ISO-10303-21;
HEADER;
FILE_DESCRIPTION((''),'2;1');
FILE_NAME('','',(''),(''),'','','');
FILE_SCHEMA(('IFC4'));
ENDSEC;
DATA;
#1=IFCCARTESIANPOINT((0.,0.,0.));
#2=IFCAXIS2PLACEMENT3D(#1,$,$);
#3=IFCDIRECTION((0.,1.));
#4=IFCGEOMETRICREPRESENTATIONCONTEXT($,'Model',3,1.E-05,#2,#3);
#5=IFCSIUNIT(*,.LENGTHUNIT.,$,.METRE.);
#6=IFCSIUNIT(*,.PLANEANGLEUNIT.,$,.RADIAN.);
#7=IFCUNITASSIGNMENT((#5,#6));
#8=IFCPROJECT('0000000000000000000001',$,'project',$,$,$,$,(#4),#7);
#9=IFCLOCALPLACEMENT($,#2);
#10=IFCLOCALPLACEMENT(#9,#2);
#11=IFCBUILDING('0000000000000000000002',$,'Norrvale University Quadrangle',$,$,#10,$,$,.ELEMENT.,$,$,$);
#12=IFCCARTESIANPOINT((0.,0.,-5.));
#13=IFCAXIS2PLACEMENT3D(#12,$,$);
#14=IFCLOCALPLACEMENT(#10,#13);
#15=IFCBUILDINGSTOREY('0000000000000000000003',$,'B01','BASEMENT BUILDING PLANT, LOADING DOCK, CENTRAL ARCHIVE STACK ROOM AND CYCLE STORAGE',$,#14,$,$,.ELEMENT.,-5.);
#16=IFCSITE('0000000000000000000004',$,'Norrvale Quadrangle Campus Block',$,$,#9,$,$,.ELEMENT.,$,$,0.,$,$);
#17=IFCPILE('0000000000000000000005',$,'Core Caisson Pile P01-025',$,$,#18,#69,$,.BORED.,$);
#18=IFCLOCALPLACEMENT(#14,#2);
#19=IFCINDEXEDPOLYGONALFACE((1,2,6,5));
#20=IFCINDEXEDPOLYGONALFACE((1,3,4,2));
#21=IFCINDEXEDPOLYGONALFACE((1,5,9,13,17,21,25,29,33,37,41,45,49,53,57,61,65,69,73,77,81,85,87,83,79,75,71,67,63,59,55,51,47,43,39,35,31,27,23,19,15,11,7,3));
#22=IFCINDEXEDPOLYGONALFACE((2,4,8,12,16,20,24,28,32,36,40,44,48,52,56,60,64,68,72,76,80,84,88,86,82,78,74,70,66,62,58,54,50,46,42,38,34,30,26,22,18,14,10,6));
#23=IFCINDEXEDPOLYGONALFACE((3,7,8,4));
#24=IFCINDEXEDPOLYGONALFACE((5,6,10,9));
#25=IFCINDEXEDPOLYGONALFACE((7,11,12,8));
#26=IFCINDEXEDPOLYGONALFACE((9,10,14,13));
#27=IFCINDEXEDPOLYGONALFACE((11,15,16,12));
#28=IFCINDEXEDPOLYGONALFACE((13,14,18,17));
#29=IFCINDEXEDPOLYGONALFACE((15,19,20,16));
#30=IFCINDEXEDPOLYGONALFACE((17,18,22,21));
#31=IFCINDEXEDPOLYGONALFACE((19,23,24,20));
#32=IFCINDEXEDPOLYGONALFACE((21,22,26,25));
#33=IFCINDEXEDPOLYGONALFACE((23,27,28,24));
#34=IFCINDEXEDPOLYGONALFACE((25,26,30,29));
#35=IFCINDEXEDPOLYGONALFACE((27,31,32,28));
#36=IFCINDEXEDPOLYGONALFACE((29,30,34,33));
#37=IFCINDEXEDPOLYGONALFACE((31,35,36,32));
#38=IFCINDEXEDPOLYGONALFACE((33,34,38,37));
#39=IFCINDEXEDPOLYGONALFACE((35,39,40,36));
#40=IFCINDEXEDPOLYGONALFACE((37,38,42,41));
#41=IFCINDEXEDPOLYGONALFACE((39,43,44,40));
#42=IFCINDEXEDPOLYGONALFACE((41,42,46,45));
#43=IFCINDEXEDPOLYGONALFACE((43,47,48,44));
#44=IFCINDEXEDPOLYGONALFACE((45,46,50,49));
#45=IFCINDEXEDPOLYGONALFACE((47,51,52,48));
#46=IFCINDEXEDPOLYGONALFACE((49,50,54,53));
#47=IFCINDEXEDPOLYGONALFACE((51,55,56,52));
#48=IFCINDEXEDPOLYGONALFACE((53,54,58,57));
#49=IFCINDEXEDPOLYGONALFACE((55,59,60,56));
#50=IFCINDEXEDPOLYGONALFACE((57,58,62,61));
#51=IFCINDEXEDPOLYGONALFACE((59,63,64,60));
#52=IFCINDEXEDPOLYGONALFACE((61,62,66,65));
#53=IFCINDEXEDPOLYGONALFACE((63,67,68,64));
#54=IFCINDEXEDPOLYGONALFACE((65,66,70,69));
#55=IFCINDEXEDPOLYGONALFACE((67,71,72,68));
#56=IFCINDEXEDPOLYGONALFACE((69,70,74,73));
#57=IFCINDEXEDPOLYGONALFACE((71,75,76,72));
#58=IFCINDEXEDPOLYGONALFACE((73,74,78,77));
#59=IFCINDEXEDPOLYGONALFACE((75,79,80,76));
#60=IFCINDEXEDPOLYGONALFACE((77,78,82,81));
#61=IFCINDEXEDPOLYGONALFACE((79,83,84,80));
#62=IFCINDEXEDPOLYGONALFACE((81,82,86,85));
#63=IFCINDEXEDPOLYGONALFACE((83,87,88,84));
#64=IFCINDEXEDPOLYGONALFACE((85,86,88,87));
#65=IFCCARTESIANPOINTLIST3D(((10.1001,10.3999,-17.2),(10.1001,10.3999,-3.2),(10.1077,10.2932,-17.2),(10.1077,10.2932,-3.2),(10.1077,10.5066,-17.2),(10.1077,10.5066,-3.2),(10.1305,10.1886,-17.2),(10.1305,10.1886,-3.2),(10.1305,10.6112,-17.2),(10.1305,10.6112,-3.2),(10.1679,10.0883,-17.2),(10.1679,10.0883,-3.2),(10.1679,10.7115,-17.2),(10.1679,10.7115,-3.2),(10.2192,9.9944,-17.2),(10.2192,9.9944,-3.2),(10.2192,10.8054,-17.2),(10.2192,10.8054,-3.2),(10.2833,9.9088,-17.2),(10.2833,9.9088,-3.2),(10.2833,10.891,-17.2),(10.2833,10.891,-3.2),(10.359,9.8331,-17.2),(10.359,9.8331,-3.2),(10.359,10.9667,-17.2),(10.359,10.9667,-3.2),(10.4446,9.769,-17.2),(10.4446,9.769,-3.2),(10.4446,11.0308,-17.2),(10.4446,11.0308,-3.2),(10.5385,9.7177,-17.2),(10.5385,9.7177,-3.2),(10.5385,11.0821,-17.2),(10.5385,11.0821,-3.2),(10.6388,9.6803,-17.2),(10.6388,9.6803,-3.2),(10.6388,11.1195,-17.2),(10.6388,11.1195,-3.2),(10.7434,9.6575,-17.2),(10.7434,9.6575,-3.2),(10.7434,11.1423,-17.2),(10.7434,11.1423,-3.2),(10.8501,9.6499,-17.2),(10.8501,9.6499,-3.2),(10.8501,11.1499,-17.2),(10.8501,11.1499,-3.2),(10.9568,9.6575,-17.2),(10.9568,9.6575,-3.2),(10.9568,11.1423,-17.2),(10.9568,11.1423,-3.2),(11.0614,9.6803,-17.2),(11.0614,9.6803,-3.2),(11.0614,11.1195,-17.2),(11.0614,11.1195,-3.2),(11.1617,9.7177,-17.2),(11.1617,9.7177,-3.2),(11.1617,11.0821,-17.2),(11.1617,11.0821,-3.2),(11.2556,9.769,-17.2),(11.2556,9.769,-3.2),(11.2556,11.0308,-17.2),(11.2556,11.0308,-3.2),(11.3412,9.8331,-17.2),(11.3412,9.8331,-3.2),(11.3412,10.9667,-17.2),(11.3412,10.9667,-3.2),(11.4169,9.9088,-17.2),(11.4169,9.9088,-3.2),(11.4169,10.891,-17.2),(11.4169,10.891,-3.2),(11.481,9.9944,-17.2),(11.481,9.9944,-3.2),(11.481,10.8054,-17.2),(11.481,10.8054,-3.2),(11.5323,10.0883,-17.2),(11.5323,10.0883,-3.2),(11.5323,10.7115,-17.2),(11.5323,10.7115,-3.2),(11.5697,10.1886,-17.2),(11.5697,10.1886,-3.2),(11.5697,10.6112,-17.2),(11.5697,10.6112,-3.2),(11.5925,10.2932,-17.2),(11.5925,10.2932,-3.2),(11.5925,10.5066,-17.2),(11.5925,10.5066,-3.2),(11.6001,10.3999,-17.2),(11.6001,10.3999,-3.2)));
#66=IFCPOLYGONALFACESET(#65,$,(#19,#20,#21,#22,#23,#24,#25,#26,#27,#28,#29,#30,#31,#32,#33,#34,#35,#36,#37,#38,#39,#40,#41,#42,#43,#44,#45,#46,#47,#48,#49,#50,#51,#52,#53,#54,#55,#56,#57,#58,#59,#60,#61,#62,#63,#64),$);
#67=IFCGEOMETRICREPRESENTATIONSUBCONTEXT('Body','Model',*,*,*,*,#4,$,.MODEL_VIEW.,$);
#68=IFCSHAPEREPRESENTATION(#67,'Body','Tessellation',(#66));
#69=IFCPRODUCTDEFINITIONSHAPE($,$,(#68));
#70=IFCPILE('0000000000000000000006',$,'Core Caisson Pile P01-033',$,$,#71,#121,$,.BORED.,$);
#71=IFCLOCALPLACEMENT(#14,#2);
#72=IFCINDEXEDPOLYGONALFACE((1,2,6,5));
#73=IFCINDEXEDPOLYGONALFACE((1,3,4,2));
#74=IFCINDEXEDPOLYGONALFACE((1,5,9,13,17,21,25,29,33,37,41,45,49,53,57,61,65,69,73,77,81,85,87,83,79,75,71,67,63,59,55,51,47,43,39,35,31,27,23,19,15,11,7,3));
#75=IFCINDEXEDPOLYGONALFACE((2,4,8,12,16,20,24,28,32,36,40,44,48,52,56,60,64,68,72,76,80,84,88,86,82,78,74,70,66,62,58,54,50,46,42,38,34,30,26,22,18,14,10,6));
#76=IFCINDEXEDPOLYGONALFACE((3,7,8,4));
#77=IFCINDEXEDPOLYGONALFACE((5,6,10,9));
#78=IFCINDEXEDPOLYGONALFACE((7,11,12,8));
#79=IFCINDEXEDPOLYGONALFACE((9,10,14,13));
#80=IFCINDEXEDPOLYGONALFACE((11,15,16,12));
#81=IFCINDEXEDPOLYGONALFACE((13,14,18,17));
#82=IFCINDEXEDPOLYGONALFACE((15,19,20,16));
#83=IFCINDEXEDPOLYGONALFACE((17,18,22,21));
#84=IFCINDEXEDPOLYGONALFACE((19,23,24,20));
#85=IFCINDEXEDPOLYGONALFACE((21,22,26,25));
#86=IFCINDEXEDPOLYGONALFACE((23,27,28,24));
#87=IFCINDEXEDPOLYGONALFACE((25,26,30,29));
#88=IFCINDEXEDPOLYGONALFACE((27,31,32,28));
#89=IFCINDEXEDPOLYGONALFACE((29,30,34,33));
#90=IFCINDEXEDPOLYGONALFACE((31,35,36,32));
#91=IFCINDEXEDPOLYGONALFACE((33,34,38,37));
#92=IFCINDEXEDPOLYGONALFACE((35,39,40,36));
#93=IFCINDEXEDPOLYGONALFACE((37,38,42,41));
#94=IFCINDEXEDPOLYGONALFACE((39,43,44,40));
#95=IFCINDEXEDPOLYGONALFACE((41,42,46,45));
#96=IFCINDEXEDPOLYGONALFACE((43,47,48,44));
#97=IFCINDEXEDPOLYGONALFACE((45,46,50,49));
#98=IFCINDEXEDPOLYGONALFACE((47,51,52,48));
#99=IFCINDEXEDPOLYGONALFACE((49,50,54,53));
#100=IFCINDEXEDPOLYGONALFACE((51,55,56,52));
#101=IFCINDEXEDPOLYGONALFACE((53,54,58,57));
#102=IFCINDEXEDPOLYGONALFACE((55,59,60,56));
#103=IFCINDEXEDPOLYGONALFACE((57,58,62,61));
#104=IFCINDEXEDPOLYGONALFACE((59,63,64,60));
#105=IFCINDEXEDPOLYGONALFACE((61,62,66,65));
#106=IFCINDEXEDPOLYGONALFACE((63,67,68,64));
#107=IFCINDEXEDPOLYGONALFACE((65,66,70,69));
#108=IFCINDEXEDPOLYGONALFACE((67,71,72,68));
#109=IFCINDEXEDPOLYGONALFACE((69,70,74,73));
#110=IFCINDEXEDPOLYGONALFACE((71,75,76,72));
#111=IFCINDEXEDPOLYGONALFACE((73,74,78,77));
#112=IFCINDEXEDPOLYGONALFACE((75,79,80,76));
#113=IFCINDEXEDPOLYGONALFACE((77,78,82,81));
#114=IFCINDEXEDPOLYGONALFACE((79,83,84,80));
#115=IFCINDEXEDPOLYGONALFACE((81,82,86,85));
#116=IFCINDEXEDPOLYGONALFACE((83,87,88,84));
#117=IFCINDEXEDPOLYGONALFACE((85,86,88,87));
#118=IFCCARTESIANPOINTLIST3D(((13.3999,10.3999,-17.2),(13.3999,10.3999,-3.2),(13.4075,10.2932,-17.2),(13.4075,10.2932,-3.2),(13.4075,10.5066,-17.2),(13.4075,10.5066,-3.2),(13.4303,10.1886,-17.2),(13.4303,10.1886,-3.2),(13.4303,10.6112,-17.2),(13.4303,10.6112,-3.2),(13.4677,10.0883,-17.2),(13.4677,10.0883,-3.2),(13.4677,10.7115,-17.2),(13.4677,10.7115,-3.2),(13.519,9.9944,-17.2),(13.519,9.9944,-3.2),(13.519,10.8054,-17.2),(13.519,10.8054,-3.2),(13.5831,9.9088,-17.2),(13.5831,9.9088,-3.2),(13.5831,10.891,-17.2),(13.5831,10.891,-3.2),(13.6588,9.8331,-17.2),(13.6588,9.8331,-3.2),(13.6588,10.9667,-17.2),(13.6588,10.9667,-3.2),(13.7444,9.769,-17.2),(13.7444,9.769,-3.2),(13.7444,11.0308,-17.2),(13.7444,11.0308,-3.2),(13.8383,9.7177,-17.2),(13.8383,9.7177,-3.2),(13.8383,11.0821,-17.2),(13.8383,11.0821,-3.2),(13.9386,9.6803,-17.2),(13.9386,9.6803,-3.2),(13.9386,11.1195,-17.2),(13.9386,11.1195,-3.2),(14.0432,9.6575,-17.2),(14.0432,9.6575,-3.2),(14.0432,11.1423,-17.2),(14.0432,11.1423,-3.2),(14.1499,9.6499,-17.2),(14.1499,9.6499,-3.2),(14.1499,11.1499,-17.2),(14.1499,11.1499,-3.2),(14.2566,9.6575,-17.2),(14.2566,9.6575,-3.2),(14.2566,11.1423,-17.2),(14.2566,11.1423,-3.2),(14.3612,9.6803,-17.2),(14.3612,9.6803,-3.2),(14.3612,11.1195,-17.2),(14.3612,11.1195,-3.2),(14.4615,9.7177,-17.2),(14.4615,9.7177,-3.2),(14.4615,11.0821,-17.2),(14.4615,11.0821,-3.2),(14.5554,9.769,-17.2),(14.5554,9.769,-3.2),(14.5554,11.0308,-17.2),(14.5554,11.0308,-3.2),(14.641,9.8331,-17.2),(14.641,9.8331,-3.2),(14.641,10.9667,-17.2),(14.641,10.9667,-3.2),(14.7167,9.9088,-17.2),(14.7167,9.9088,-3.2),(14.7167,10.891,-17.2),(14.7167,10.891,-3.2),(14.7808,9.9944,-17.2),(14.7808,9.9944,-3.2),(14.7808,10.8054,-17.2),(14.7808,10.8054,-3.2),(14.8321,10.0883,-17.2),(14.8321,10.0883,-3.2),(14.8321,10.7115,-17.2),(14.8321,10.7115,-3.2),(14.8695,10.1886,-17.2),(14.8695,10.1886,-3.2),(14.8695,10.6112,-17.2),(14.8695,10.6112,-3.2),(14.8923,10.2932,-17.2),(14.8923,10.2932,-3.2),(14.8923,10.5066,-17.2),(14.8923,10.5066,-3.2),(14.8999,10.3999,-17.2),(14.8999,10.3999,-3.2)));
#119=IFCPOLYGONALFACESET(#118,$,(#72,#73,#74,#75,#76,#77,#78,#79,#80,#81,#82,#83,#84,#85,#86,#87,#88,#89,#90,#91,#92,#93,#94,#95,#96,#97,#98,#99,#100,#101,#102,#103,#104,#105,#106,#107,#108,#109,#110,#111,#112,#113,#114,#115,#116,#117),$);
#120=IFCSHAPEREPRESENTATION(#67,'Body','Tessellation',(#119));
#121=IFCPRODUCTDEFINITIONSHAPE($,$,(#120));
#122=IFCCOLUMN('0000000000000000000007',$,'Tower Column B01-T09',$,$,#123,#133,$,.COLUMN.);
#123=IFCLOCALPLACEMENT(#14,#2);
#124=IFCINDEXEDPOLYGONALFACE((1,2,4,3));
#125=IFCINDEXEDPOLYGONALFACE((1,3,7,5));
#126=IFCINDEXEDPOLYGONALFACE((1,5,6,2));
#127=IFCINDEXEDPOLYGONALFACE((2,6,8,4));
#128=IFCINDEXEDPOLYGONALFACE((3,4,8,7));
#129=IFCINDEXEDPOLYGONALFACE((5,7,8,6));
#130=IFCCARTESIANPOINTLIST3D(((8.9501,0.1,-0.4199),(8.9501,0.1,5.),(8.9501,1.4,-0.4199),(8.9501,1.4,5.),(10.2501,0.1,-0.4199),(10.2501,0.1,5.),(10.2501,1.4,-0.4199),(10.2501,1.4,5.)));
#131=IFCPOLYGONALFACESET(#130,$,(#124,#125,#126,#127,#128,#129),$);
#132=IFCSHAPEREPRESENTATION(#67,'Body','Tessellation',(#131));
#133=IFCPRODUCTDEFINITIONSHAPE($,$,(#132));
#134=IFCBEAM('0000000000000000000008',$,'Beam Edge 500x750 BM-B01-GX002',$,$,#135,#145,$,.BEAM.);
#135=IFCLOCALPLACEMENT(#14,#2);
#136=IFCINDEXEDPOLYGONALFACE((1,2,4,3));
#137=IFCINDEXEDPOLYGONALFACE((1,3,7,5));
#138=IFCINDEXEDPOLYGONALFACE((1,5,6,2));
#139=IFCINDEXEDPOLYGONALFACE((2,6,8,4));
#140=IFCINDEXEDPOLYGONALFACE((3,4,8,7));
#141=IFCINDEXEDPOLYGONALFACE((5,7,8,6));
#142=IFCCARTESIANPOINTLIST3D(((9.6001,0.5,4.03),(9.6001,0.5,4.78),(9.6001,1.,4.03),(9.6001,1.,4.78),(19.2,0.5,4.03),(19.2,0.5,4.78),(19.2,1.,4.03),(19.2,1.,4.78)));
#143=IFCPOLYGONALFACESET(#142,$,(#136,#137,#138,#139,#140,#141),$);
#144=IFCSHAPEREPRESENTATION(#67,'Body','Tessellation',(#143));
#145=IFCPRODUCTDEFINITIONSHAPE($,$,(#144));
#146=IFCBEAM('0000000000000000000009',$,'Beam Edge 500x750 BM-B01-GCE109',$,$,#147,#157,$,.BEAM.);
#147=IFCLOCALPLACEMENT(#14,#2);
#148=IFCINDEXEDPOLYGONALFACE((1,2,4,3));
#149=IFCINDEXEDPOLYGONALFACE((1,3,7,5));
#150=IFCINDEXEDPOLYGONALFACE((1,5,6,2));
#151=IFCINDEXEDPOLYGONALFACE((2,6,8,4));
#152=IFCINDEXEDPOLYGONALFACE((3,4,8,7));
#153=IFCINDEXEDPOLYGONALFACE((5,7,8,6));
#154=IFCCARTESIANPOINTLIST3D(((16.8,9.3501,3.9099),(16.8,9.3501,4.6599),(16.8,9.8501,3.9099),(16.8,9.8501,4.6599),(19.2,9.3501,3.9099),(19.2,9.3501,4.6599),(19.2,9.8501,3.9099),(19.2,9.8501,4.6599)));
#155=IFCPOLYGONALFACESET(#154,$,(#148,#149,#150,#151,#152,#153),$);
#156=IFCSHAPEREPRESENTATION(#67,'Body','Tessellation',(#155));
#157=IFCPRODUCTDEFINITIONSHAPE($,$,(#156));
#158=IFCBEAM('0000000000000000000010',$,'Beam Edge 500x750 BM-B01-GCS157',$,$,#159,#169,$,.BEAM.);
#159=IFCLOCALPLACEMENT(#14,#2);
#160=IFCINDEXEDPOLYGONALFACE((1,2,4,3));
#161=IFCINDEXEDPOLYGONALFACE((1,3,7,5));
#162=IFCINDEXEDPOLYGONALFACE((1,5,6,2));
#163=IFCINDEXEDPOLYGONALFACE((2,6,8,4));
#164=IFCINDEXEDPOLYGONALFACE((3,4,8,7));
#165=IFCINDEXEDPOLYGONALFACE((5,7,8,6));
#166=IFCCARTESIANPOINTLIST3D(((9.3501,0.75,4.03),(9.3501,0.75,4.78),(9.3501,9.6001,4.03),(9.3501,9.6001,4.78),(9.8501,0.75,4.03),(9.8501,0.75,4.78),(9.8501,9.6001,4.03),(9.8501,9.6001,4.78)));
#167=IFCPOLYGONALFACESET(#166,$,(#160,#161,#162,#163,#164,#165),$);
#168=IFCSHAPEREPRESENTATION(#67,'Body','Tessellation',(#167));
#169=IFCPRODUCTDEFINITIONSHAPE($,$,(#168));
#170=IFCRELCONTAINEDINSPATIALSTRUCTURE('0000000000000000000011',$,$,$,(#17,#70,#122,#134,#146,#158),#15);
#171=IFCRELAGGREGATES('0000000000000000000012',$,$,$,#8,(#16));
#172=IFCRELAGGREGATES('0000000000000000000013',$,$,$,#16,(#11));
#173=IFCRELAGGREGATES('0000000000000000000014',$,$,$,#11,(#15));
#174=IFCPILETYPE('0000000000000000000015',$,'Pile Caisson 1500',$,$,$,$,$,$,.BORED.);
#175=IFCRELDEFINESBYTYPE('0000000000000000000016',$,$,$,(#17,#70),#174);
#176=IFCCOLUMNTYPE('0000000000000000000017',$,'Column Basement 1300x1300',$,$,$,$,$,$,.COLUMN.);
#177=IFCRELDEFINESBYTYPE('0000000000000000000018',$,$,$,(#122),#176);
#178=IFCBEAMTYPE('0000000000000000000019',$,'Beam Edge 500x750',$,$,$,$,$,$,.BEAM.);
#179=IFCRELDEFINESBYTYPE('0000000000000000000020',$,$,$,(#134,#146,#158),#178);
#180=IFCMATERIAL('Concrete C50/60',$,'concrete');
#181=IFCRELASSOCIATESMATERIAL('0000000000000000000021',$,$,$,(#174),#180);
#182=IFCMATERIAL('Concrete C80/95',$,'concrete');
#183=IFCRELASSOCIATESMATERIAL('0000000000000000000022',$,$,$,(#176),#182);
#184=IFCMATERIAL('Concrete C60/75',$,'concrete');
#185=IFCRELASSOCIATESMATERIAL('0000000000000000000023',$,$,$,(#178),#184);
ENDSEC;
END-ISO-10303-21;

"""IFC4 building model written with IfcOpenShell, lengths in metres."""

from ifc_helpers import new_model, si_unit, direction, frame, origin, origin_2d, place, context, subcontext, project, spatial, rectangle, circle, extrude, material, material_profile, profile_set, type_object, element, save


model = new_model("IFC4")

# Units and contexts
model_context = context("Model", 3, precision=1e-05, world=origin(), true_north=direction((0.0, 1.0)))
body_context = subcontext(model_context, "Body", "Model", "MODEL_VIEW")
ifc_project = project(units=[si_unit("LENGTHUNIT", "METRE"), si_unit("PLANEANGLEUNIT", "RADIAN")], contexts=[model_context])

# Site, building, storey
site_placement = place(None, origin())
site = spatial("IfcSite", under=ifc_project, at=site_placement, Name="Norrvale Quadrangle Campus Block", CompositionType="ELEMENT", RefElevation=0.0)
building_placement = place(site_placement, origin())
building = spatial("IfcBuilding", under=site, at=building_placement, Name="Norrvale University Quadrangle", CompositionType="ELEMENT")
storey_placement = place(building_placement, frame((0.0, 0.0, -5.0)))
storey = spatial("IfcBuildingStorey", under=building, at=storey_placement, Name="B01", Description="BASEMENT BUILDING PLANT, LOADING DOCK, CENTRAL ARCHIVE STACK ROOM AND CYCLE STORAGE", CompositionType="ELEMENT", Elevation=-5.0)

# Shared definitions
ifc_material_1 = material(Name="Concrete C50/60", Category="concrete")

# Piles
ifc_material_profile_1 = material_profile(ifc_material_1, circle(Radius=0.75, at=origin_2d()), Name="Concrete C50/60")
ifc_profile_set_1 = profile_set([ifc_material_profile_1], Name="Concrete C50/60")
pile_type_1 = type_object("IfcPileType", Name="Pile Caisson 1500", PredefinedType="BORED", material=ifc_profile_set_1)
for number, where, z_axis, x_axis, name in (
    (1, (10.8501, 10.3999, -3.2), (0.0, 0.0, -1.0), (1.0, 0.0, 0.0), "Core Caisson Pile P01-025"),
    (2, (14.1499, 10.3999, -3.2), (0.0, 0.0, -1.0), (1.0, 0.0, 0.0), "Core Caisson Pile P01-033"),
):
    element("IfcPile", number, at=place(storey_placement, frame(where, z_axis=z_axis, x_axis=x_axis)), inside=storey, type_object=pile_type_1, Name=name, PredefinedType="BORED", context=body_context, shape_type="SweptSolid", body=[
        extrude(circle(Radius=0.75, at=origin_2d()), origin(), (0.0, 0.0, 1.0), 14.0),
    ])

# Column
ifc_material_2 = material(Name="Concrete C80/95", Category="concrete")
ifc_material_profile_2 = material_profile(ifc_material_2, rectangle(XDim=1.3, YDim=1.3, at=origin_2d()), Name="Concrete C80/95")
ifc_profile_set_2 = profile_set([ifc_material_profile_2], Name="Concrete C80/95")
column_type = type_object("IfcColumnType", Name="Column Basement 1300x1300", PredefinedType="COLUMN", material=ifc_profile_set_2)
column_placement = place(storey_placement, frame((9.6001, 0.75, -0.4199), z_axis=(0.0, 0.0, 1.0), x_axis=(1.0, 0.0, 0.0)))
element("IfcColumn", 3, at=column_placement, inside=storey, type_object=column_type, Name="Tower Column B01-T09", PredefinedType="COLUMN", context=body_context, shape_type="SweptSolid", body=[
    extrude(rectangle(XDim=1.3, YDim=1.3, at=origin_2d()), origin(), (0.0, 0.0, 1.0), 5.4199),
])

# Beams
ifc_material_3 = material(Name="Concrete C60/75", Category="concrete")
ifc_material_profile_3 = material_profile(ifc_material_3, rectangle(XDim=0.5, YDim=0.75, at=origin_2d()), Name="Concrete C60/75")
ifc_profile_set_3 = profile_set([ifc_material_profile_3], Name="Concrete C60/75")
beam_type_1 = type_object("IfcBeamType", Name="Beam Edge 500x750", PredefinedType="BEAM", material=ifc_profile_set_3)
beam_1_placement = place(storey_placement, frame((9.6001, 0.75, 4.405), z_axis=(1.0, 0.0, 0.0), x_axis=(0.0, 1.0, 0.0)))
element("IfcBeam", 4, at=beam_1_placement, inside=storey, type_object=beam_type_1, Name="Beam Edge 500x750 BM-B01-GX002", PredefinedType="BEAM", context=body_context, shape_type="SweptSolid", body=[
    extrude(rectangle(XDim=0.5, YDim=0.75, at=origin_2d()), origin(), (0.0, 0.0, 1.0), 9.5999),
])
beam_2_placement = place(storey_placement, frame((16.8, 9.6001, 4.2849), z_axis=(1.0, 0.0, 0.0), x_axis=(0.0, 1.0, 0.0)))
element("IfcBeam", 5, at=beam_2_placement, inside=storey, type_object=beam_type_1, Name="Beam Edge 500x750 BM-B01-GCE109", PredefinedType="BEAM", context=body_context, shape_type="SweptSolid", body=[
    extrude(rectangle(XDim=0.5, YDim=0.75, at=origin_2d()), origin(), (0.0, 0.0, 1.0), 2.3999),
])
beam_3_placement = place(storey_placement, frame((9.6001, 0.75, 4.405), z_axis=(0.0, 1.0, 0.0), x_axis=(-1.0, 0.0, 0.0)))
element("IfcBeam", 6, at=beam_3_placement, inside=storey, type_object=beam_type_1, Name="Beam Edge 500x750 BM-B01-GCS157", PredefinedType="BEAM", context=body_context, shape_type="SweptSolid", body=[
    extrude(rectangle(XDim=0.5, YDim=0.75, at=origin_2d()), origin(), (0.0, 0.0, 1.0), 8.8501),
])

save(model, "model.ifc")
